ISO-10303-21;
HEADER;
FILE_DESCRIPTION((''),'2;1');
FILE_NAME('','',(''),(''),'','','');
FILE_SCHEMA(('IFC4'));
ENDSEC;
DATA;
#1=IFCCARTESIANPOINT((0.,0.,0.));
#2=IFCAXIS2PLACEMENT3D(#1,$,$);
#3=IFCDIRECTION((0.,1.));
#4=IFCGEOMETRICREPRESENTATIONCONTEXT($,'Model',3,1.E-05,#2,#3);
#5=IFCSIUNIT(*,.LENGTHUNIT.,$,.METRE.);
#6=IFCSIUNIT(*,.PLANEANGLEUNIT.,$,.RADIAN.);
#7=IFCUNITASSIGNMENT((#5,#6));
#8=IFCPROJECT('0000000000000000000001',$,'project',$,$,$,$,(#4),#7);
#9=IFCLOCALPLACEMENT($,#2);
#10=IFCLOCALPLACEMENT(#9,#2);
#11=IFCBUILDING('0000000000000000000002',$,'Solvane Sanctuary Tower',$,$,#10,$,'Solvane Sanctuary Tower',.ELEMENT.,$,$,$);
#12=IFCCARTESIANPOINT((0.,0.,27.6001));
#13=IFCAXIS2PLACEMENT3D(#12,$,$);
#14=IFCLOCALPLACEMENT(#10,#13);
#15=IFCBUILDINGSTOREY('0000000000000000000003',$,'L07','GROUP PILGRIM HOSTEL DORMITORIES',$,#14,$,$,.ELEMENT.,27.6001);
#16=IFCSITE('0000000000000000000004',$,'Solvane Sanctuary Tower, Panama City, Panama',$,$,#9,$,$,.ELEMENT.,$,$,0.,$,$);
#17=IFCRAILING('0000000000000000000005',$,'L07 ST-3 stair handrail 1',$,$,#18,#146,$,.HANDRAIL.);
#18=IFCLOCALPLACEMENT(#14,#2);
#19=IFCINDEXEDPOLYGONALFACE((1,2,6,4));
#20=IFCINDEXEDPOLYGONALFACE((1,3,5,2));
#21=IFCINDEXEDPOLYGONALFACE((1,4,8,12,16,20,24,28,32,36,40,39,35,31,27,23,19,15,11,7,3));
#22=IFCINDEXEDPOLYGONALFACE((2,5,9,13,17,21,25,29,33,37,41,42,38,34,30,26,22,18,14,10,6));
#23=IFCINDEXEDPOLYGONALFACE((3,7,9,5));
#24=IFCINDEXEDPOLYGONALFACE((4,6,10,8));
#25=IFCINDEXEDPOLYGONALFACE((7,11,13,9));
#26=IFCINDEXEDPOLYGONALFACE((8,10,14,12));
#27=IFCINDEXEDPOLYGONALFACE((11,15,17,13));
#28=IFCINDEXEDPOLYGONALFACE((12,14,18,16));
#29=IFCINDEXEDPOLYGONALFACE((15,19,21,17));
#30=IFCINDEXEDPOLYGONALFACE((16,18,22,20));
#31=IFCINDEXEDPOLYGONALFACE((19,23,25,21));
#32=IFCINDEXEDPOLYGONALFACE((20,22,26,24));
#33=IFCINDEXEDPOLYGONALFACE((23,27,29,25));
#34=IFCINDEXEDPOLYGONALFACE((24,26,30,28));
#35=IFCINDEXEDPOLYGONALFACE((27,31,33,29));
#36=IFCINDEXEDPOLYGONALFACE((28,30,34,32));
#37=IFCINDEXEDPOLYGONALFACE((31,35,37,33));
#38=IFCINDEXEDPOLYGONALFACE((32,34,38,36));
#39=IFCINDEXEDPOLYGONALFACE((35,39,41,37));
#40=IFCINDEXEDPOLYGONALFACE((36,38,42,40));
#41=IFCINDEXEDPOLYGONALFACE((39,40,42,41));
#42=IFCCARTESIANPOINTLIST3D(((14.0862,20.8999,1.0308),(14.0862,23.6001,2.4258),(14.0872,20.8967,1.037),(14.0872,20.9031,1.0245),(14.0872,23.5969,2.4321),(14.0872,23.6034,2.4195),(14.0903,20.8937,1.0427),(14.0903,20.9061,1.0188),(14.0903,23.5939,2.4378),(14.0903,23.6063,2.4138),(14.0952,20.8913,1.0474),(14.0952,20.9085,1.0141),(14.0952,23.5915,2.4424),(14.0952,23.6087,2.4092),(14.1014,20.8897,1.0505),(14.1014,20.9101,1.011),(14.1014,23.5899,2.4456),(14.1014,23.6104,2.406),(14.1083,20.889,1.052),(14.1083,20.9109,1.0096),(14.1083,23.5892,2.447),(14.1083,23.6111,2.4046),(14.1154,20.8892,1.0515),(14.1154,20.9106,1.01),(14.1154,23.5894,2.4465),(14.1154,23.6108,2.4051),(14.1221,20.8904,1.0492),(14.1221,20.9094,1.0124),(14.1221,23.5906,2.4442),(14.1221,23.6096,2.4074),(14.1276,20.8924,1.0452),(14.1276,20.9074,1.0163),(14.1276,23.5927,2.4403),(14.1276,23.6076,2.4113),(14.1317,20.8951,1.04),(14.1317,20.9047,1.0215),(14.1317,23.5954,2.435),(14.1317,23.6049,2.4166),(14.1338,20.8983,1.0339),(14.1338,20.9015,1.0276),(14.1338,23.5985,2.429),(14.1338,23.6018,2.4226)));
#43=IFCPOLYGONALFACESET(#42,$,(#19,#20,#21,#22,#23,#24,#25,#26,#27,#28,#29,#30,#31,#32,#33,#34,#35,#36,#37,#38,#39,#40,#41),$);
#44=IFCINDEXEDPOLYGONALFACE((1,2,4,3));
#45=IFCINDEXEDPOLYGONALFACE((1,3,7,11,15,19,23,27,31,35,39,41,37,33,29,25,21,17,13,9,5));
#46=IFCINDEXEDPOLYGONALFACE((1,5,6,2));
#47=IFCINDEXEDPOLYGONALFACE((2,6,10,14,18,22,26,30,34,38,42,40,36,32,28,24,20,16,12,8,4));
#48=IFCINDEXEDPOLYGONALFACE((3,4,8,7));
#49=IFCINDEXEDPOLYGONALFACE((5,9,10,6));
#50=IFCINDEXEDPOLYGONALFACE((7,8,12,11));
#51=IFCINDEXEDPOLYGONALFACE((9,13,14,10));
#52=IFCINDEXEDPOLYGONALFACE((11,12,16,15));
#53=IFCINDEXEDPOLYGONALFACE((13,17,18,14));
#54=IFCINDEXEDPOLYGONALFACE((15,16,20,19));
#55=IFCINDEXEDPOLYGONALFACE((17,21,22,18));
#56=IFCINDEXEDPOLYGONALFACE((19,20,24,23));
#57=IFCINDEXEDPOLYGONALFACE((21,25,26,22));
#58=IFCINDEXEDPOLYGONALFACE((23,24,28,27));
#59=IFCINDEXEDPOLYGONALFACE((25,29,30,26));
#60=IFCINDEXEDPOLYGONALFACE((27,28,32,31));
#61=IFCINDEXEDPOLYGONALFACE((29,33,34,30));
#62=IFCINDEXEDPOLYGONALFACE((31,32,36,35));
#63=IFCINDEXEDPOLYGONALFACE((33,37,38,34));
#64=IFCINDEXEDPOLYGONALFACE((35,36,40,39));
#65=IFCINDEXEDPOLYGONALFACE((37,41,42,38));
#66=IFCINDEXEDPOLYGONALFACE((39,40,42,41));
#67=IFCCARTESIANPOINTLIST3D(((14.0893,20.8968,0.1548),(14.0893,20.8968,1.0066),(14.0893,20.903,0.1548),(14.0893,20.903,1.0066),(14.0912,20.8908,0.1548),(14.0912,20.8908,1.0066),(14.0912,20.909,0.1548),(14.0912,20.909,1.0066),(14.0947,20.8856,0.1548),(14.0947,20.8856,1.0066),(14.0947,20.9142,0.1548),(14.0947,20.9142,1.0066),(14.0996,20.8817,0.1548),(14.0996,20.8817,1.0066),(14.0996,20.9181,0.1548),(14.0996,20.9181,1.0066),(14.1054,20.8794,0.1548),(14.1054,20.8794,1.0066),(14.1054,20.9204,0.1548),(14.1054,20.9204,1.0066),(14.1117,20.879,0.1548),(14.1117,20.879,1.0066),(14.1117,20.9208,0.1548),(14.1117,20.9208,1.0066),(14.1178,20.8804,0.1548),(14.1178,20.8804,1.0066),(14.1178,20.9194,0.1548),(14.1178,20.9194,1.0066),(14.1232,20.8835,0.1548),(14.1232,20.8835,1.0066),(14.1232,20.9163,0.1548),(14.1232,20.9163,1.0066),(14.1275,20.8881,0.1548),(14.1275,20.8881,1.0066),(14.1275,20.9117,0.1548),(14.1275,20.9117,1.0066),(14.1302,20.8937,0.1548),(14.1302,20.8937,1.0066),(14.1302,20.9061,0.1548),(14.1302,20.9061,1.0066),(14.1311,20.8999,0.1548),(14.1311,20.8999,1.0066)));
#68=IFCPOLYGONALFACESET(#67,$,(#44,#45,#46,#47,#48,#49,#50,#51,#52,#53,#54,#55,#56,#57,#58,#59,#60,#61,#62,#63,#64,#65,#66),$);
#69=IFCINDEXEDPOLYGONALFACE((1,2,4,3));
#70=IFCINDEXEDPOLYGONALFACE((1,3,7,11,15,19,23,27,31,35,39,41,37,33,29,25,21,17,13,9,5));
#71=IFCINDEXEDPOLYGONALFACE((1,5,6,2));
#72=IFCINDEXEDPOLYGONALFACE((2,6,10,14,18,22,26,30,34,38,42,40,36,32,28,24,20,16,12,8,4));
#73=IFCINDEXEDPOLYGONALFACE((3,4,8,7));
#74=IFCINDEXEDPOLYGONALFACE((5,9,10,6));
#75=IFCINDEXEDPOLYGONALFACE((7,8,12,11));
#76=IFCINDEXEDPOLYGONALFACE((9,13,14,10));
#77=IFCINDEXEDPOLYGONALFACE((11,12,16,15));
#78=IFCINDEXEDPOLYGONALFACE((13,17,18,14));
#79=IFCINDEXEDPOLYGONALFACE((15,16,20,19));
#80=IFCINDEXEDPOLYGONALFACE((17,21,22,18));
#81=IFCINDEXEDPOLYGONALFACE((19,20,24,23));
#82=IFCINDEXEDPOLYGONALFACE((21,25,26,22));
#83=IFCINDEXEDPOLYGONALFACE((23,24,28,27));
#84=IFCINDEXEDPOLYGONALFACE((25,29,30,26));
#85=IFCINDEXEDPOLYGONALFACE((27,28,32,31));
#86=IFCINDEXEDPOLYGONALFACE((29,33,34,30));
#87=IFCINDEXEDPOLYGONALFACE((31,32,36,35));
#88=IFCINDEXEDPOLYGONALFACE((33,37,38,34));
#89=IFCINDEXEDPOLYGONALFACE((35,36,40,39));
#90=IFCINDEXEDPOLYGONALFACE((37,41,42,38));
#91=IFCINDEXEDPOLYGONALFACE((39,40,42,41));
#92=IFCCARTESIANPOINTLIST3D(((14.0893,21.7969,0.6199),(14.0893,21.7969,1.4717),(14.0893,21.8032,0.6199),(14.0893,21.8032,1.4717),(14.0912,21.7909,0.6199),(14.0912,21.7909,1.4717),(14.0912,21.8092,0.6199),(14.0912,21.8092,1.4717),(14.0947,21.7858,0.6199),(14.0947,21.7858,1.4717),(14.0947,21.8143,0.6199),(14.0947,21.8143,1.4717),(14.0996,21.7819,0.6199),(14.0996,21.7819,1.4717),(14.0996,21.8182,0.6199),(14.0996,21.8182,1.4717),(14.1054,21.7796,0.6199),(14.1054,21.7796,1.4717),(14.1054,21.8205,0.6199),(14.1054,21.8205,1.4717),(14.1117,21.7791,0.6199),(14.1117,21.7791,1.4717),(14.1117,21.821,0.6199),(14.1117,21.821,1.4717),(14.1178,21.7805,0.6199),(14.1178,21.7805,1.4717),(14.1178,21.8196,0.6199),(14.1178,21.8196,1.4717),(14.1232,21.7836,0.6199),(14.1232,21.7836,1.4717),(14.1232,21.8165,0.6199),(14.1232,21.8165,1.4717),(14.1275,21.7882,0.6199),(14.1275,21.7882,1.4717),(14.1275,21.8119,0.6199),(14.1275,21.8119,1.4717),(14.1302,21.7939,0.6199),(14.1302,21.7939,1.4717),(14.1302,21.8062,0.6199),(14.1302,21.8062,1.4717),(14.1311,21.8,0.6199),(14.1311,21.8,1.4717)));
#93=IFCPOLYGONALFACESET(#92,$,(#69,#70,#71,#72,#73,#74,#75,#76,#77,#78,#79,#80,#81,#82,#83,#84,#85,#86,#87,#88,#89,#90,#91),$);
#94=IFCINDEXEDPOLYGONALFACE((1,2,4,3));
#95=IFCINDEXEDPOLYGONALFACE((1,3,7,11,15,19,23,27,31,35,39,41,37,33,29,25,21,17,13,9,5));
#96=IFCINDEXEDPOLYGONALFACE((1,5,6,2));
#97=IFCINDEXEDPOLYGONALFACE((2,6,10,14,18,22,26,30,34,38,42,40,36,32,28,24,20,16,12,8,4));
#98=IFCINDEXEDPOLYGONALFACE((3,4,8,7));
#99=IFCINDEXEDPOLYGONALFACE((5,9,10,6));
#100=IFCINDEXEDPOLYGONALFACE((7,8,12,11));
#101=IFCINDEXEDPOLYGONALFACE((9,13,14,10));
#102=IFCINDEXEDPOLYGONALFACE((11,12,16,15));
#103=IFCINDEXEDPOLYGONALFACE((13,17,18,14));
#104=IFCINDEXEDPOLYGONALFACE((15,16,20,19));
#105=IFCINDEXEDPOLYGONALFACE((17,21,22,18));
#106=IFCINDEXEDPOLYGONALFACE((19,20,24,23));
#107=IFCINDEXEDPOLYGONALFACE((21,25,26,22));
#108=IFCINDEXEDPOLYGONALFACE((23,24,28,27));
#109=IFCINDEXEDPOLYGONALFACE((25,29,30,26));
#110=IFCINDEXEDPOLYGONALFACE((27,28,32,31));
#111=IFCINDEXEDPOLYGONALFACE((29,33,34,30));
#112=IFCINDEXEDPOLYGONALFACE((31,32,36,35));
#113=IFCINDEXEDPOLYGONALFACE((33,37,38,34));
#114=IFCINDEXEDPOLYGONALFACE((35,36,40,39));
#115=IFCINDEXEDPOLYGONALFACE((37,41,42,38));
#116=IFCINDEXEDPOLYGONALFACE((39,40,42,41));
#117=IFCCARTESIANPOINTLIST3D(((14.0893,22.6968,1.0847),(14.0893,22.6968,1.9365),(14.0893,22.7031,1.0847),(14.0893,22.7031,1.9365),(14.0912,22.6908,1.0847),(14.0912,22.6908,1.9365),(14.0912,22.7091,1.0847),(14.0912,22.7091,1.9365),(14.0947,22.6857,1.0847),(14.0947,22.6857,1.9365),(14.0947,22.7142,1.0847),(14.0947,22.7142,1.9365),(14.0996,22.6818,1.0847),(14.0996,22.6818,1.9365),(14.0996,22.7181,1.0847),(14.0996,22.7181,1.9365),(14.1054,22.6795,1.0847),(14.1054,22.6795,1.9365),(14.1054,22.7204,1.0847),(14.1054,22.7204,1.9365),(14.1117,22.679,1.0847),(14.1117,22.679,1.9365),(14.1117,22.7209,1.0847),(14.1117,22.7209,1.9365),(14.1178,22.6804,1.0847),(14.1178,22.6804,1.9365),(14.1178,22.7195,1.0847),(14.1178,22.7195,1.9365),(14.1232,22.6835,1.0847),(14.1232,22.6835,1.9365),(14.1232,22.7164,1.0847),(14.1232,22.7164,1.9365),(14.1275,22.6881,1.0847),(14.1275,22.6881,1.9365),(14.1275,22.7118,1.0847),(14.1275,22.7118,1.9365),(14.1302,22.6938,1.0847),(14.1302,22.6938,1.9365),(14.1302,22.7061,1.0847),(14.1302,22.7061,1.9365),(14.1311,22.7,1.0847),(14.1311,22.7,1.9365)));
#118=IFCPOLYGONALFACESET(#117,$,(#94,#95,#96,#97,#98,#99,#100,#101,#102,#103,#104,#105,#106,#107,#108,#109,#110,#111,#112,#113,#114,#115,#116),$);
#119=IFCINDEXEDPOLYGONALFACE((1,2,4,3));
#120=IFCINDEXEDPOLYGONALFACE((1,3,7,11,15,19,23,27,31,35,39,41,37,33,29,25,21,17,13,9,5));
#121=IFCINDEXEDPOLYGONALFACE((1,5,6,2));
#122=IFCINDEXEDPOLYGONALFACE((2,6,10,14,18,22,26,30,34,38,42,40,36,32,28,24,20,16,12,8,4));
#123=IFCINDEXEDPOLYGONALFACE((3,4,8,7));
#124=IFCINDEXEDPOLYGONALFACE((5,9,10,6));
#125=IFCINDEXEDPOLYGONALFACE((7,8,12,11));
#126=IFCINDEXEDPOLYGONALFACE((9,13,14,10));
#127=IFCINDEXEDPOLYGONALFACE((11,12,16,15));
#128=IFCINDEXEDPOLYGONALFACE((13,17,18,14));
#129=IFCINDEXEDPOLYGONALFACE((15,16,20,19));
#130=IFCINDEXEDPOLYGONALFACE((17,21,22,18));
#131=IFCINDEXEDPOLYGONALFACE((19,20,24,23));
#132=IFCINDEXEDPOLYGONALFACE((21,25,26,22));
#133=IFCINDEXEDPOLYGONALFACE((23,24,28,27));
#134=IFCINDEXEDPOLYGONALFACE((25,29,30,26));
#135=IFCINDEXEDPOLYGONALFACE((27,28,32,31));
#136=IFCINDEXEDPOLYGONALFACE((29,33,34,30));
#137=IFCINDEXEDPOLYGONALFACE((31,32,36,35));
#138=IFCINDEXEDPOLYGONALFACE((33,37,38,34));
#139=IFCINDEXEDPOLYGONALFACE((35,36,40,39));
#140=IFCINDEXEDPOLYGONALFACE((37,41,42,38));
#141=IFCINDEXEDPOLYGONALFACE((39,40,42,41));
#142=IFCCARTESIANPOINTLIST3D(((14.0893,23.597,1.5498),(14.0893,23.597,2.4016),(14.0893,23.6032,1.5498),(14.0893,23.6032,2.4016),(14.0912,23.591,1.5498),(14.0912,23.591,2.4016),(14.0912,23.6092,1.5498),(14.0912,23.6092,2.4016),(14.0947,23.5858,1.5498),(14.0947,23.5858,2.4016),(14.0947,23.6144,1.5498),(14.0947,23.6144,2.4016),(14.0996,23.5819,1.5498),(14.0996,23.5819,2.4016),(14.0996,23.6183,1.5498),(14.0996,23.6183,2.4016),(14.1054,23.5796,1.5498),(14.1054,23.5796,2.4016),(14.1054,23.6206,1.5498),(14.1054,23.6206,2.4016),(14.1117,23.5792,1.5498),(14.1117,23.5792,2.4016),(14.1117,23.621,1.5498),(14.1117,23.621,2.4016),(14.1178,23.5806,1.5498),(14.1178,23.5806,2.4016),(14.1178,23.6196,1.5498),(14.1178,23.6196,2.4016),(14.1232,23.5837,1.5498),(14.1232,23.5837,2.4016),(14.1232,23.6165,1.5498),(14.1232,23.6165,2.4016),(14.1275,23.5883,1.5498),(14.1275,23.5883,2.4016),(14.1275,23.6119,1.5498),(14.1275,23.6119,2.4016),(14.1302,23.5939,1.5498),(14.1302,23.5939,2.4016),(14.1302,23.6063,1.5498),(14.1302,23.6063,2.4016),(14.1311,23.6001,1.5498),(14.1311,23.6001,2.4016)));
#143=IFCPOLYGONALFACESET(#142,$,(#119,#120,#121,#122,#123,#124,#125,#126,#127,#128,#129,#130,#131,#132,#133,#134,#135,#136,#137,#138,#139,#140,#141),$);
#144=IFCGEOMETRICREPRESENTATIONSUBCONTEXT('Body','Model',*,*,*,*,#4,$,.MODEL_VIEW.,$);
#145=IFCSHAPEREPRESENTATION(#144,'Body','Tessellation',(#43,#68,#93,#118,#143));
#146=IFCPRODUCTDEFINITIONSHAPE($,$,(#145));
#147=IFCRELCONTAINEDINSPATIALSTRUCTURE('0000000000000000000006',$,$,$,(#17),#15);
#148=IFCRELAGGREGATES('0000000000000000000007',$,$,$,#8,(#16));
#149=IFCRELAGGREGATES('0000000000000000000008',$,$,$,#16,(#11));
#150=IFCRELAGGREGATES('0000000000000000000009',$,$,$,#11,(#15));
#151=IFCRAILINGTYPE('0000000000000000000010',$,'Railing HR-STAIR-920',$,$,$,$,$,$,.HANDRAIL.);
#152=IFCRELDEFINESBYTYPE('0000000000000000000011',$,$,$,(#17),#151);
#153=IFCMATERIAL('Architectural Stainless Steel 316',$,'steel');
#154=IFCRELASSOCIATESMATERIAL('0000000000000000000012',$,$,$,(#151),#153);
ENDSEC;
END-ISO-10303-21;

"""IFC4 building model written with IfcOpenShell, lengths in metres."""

from ifc_helpers import new_model, si_unit, direction, frame, origin, origin_2d, place, context, subcontext, project, spatial, circle, extrude, material, type_object, element, save


model = new_model("IFC4")

# Units and contexts
model_context = context("Model", 3, precision=1e-05, world=origin(), true_north=direction((0.0, 1.0)))
body_context = subcontext(model_context, "Body", "Model", "MODEL_VIEW")
ifc_project = project(units=[si_unit("LENGTHUNIT", "METRE"), si_unit("PLANEANGLEUNIT", "RADIAN")], contexts=[model_context])

# Site, building, storey
site_placement = place(None, origin())
site = spatial("IfcSite", under=ifc_project, at=site_placement, Name="Solvane Sanctuary Tower, Panama City, Panama", CompositionType="ELEMENT", RefElevation=0.0)
building_placement = place(site_placement, origin())
building = spatial("IfcBuilding", under=site, at=building_placement, Name="Solvane Sanctuary Tower", LongName="Solvane Sanctuary Tower", CompositionType="ELEMENT")
storey_placement = place(building_placement, frame((0.0, 0.0, 27.6001)))
storey = spatial("IfcBuildingStorey", under=building, at=storey_placement, Name="L07", Description="GROUP PILGRIM HOSTEL DORMITORIES", CompositionType="ELEMENT", Elevation=27.6001)

# Railing
ifc_material_1 = material(Name="Architectural Stainless Steel 316", Category="steel")
railing_type_1 = type_object("IfcRailingType", Name="Railing HR-STAIR-920", PredefinedType="HANDRAIL", material=ifc_material_1)
railing_1_placement = place(storey_placement, frame((14.1101, 20.8999, 0.1548)))
element("IfcRailing", 1, at=railing_1_placement, inside=storey, type_object=railing_type_1, Name="L07 ST-3 stair handrail 1", PredefinedType="HANDRAIL", context=body_context, shape_type="SweptSolid", body=[
    extrude(circle(Radius=0.0239, at=origin_2d()), frame((0.0, 0.0, 0.876), z_axis=(0.0, 0.888437, 0.458999), x_axis=(-1.0, 0.0, 0.0)), (0.0, 0.0, 1.0), 3.0393),
    extrude(circle(Radius=0.021, at=origin_2d()), origin(), (0.0, 0.0, 1.0), 0.8518),
    extrude(circle(Radius=0.021, at=origin_2d()), frame((0.0, 0.9001, 0.4651)), (0.0, 0.0, 1.0), 0.8518),
    extrude(circle(Radius=0.021, at=origin_2d()), frame((0.0, 1.8, 0.9299)), (0.0, 0.0, 1.0), 0.8518),
    extrude(circle(Radius=0.021, at=origin_2d()), frame((0.0, 2.7002, 1.395)), (0.0, 0.0, 1.0), 0.8518),
])

save(model, "model.ifc")
